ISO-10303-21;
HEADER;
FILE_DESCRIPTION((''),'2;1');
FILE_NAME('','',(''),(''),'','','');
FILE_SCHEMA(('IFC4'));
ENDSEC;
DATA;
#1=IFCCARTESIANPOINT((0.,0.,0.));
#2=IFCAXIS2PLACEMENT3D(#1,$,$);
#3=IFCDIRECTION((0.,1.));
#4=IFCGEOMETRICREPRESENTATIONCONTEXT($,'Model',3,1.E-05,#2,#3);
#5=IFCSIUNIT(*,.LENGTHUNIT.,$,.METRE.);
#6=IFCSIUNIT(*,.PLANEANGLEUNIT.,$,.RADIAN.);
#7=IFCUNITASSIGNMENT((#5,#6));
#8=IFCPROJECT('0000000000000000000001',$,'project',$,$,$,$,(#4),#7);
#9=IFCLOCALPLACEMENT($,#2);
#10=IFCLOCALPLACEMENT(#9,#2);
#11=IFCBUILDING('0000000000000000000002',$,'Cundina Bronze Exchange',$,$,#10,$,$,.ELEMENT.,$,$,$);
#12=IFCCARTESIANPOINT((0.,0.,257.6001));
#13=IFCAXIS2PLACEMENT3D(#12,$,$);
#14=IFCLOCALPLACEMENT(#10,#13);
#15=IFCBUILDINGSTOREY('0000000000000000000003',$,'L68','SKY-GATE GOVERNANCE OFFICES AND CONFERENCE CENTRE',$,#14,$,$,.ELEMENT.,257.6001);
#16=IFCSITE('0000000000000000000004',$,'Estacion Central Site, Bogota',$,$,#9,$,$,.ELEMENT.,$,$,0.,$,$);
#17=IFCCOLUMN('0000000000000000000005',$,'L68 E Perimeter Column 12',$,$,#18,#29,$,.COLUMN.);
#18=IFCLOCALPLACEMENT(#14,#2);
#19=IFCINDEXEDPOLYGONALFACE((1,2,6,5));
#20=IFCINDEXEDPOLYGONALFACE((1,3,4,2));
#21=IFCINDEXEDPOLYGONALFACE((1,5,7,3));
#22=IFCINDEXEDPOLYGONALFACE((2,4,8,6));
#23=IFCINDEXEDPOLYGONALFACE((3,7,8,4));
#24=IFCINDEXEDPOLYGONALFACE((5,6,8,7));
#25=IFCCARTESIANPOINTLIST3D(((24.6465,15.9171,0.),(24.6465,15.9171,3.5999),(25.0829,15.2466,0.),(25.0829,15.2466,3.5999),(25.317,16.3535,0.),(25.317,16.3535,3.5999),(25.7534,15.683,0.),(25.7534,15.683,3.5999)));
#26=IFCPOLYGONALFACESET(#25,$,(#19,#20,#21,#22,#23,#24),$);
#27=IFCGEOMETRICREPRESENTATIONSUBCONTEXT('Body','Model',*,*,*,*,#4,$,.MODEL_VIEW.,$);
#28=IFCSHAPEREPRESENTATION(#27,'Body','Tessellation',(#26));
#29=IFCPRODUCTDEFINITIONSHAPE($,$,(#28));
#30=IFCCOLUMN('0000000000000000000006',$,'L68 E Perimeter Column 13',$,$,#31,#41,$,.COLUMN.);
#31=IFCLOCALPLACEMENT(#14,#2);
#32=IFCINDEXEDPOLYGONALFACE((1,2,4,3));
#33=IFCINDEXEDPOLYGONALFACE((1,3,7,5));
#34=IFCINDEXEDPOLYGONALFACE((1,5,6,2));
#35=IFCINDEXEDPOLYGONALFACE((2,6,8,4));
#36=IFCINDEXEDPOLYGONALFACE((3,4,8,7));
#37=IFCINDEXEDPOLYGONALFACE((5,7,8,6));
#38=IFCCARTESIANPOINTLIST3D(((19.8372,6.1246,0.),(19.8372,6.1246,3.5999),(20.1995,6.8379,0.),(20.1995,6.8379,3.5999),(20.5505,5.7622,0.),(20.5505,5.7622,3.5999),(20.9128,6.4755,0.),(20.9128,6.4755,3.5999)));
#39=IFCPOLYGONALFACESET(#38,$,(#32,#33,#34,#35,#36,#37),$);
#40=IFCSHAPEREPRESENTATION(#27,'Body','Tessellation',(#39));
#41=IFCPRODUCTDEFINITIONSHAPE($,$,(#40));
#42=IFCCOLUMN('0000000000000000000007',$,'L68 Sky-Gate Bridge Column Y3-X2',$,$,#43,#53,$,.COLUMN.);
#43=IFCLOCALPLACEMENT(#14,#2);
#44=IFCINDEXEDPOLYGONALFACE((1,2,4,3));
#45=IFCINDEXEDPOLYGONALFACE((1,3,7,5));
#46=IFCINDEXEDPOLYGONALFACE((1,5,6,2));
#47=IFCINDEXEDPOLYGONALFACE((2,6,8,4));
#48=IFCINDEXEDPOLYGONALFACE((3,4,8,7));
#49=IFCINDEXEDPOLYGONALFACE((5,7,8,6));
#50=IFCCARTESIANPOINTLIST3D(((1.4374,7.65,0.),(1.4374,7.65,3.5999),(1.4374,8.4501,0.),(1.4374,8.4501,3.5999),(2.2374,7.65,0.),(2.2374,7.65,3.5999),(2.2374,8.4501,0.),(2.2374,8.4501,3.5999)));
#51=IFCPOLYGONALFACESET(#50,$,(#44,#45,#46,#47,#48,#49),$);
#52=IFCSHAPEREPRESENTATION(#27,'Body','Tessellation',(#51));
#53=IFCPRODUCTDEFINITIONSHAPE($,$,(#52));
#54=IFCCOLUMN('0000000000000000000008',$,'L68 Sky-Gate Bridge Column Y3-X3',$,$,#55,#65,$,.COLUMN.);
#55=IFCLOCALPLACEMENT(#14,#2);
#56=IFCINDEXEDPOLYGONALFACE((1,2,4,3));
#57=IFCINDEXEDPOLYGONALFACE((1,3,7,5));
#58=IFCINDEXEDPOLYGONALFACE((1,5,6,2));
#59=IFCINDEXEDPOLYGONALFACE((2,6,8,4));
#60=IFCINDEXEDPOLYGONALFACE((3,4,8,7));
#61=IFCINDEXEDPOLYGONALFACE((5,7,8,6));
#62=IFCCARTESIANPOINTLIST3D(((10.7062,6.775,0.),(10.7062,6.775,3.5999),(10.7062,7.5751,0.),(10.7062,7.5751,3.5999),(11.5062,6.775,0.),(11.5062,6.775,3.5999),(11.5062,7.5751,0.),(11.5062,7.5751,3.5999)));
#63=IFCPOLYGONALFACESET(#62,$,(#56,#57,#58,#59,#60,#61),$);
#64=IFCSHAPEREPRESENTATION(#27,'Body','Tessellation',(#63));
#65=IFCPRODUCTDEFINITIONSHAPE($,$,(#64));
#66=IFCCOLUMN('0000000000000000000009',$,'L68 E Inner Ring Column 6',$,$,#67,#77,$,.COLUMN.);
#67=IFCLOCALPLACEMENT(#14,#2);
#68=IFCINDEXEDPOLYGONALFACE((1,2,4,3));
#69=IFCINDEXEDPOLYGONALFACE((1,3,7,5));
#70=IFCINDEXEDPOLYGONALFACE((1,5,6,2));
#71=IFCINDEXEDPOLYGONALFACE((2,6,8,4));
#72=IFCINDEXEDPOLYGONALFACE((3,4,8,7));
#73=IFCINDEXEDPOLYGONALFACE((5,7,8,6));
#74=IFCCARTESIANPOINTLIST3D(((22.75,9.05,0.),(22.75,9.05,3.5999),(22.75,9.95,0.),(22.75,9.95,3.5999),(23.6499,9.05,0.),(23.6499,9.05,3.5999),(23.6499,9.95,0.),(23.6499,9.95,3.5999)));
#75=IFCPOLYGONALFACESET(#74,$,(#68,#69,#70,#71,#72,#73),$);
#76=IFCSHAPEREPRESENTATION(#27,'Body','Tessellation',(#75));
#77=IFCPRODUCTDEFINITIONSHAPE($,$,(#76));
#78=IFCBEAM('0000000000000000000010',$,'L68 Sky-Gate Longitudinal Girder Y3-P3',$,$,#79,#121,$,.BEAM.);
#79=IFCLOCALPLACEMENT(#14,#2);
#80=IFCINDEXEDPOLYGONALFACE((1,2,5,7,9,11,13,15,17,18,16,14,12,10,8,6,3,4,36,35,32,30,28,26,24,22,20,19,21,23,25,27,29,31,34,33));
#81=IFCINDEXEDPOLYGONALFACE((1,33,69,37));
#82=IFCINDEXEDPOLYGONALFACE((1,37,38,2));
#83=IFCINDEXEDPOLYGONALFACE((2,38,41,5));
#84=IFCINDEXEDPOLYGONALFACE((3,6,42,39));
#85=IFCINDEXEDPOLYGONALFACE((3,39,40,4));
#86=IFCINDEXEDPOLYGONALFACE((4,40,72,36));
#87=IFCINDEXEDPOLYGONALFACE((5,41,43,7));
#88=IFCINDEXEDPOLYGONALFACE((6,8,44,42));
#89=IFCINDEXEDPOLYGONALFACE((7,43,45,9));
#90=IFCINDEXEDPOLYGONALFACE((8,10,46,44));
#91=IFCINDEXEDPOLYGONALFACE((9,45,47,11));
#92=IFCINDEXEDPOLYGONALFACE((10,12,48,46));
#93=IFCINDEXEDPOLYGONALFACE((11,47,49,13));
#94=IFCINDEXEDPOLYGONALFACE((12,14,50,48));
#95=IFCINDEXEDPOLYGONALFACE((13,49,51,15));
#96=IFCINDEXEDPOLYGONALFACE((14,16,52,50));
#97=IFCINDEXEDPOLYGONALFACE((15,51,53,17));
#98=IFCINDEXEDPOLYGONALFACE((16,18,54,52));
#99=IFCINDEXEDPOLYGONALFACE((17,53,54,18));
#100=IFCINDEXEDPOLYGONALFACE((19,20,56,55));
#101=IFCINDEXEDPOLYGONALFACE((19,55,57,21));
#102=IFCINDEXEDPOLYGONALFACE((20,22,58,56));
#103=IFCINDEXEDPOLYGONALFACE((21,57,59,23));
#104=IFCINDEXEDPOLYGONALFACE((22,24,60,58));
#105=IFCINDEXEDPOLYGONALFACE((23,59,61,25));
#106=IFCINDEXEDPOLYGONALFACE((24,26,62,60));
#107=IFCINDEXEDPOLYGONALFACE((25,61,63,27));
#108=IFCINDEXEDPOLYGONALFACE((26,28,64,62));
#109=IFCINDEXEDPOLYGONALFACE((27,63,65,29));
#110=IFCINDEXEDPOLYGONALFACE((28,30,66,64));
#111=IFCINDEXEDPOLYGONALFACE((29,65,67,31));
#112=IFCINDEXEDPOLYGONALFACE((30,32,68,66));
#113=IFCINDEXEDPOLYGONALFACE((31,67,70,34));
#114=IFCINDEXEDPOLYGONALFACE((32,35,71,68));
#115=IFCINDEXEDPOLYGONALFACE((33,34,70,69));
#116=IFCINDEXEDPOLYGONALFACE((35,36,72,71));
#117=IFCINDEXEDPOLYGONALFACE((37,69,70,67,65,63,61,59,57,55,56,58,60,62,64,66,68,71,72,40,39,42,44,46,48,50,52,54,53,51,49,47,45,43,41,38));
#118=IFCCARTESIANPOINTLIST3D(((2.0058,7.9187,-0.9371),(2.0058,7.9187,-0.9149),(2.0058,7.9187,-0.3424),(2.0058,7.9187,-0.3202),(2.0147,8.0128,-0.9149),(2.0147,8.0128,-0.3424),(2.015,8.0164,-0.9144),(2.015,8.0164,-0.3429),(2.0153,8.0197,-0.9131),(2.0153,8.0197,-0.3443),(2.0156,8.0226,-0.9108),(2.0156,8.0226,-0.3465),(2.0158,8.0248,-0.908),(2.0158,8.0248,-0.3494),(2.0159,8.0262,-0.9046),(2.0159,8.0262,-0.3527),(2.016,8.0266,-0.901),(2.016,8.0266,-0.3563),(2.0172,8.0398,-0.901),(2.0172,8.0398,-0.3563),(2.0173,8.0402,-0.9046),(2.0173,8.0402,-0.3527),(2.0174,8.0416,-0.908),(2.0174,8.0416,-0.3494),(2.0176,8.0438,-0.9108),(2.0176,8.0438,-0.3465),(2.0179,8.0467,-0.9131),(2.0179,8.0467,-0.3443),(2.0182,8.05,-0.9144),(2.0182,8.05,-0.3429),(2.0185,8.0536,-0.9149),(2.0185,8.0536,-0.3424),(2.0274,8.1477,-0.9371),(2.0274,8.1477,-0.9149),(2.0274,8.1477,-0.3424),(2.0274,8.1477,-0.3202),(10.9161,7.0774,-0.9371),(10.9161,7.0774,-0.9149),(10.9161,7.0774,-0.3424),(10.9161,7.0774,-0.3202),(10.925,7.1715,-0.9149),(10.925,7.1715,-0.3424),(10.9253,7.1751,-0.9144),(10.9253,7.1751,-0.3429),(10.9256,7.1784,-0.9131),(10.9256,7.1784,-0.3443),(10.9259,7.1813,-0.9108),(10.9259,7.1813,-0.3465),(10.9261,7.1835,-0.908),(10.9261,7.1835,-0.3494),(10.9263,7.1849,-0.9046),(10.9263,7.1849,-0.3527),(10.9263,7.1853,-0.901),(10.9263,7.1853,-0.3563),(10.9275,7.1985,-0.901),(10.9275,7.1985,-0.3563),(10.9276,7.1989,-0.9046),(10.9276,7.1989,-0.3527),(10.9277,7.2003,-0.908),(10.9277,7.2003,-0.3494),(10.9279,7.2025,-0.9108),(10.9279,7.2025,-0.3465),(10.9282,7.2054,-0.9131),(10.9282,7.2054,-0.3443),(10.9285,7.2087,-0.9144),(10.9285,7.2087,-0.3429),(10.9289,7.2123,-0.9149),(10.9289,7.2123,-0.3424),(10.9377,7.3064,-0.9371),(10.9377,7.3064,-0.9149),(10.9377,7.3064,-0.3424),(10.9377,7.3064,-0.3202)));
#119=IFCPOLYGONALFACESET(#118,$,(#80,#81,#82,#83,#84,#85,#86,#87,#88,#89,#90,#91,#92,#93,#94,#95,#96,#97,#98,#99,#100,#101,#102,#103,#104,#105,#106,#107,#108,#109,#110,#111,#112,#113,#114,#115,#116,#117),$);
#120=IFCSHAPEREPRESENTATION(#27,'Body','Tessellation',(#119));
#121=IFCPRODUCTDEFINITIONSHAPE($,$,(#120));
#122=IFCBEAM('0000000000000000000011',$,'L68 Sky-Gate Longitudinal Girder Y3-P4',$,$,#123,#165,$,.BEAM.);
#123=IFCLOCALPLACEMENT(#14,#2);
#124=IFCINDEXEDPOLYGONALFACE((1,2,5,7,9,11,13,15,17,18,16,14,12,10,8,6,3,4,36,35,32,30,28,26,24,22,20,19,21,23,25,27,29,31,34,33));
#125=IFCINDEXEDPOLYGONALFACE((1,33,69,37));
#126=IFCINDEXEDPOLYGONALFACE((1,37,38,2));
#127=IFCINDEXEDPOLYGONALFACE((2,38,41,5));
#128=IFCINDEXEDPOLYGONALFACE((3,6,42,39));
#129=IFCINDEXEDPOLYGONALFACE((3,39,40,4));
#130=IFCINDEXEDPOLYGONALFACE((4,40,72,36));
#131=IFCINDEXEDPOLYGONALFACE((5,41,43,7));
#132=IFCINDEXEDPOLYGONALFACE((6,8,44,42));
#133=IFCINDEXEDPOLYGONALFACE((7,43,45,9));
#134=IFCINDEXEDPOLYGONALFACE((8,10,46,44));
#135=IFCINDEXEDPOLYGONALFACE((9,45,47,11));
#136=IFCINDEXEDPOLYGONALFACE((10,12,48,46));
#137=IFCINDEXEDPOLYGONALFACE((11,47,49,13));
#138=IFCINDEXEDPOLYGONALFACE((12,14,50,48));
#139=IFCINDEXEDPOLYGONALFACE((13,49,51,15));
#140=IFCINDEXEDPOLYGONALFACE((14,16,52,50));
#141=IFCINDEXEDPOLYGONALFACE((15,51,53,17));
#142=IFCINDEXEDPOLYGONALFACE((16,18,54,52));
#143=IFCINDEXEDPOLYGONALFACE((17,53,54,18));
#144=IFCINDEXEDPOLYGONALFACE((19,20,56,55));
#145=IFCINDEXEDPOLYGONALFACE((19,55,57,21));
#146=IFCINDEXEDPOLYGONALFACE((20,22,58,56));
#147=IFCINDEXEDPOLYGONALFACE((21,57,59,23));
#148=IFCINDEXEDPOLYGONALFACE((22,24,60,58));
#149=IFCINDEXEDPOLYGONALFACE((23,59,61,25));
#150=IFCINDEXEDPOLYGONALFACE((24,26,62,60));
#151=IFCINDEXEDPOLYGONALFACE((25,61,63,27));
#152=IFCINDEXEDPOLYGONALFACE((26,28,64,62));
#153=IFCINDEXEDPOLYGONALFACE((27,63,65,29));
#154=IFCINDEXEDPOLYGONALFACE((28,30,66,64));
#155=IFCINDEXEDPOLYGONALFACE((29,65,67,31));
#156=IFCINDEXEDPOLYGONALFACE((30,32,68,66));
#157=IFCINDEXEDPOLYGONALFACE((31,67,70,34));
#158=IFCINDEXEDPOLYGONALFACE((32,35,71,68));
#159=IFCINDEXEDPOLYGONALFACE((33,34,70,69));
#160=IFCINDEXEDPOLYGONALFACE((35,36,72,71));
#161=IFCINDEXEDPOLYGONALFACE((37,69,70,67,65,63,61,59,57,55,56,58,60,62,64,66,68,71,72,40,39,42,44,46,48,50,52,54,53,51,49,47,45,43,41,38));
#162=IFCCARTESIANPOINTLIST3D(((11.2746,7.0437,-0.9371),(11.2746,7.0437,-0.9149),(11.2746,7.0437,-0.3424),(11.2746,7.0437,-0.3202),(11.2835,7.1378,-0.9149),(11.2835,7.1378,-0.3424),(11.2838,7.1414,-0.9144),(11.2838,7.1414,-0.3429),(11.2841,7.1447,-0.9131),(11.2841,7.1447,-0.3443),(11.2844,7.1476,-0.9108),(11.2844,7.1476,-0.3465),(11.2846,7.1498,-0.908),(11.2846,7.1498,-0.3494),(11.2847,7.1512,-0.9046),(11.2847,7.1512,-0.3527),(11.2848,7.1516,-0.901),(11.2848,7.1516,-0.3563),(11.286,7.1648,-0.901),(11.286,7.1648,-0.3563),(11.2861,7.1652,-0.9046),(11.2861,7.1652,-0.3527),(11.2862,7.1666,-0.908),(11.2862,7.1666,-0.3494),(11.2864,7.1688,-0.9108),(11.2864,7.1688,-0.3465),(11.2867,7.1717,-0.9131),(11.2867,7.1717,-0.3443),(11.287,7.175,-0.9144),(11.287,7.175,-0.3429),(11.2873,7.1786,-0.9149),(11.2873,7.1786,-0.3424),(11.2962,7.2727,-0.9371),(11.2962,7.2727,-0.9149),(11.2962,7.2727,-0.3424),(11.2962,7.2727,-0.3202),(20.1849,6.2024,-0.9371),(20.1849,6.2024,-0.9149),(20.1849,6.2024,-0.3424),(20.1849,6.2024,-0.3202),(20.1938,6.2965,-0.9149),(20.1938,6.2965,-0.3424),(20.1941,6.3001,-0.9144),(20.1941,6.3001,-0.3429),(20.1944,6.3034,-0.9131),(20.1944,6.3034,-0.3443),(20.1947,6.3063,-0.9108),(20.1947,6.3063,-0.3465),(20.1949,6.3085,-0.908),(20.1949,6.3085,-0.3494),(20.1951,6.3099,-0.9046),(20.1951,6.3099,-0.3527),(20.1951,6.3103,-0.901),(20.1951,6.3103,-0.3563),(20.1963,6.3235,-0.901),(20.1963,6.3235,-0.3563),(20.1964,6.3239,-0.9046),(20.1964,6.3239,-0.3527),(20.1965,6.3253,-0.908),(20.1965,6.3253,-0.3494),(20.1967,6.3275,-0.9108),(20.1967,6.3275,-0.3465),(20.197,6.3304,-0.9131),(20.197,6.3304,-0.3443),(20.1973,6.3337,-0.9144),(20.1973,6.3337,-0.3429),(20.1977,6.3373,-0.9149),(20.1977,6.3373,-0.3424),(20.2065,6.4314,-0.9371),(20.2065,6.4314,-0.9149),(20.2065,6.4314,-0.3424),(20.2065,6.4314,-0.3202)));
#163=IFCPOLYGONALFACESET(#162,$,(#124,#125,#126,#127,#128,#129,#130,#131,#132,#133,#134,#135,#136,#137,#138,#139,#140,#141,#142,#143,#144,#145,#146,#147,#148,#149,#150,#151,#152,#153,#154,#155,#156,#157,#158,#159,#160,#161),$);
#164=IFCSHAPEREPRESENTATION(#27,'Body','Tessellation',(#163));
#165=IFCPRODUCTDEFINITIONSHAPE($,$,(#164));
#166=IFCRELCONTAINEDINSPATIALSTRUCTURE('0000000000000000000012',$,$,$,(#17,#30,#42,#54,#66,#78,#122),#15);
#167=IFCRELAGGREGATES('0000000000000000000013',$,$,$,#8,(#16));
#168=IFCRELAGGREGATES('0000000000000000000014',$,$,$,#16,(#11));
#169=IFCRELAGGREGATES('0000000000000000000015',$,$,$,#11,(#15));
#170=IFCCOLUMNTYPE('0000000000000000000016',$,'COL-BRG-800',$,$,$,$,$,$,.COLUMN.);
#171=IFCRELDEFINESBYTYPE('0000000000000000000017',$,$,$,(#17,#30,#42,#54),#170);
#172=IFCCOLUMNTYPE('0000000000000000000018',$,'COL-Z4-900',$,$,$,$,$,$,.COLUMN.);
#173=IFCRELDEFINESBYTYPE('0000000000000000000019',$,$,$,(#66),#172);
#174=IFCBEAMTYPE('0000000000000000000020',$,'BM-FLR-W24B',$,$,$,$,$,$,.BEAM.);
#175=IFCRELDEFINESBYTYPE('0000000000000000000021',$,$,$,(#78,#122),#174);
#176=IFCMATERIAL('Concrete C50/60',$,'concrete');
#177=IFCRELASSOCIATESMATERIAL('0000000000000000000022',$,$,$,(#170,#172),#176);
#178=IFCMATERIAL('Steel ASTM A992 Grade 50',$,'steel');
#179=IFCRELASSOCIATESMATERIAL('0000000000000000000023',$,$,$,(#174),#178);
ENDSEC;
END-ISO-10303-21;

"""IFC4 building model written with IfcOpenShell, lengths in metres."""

from ifc_helpers import new_model, si_unit, direction, frame, origin, origin_2d, place, context, subcontext, project, spatial, rectangle, i_section, extrude, material, material_profile, profile_set, type_object, element, save


model = new_model("IFC4")

# Units and contexts
model_context = context("Model", 3, precision=1e-05, world=origin(), true_north=direction((0.0, 1.0)))
body_context = subcontext(model_context, "Body", "Model", "MODEL_VIEW")
ifc_project = project(units=[si_unit("LENGTHUNIT", "METRE"), si_unit("PLANEANGLEUNIT", "RADIAN")], contexts=[model_context])

# Site, building, storey
site_placement = place(None, origin())
site = spatial("IfcSite", under=ifc_project, at=site_placement, Name="Estacion Central Site, Bogota", CompositionType="ELEMENT", RefElevation=0.0)
building_placement = place(site_placement, origin())
building = spatial("IfcBuilding", under=site, at=building_placement, Name="Cundina Bronze Exchange", CompositionType="ELEMENT")
storey_placement = place(building_placement, frame((0.0, 0.0, 257.6001)))
storey = spatial("IfcBuildingStorey", under=building, at=storey_placement, Name="L68", Description="SKY-GATE GOVERNANCE OFFICES AND CONFERENCE CENTRE", CompositionType="ELEMENT", Elevation=257.6001)

# Columns
ifc_material_1 = material(Name="Concrete C50/60", Category="concrete")
ifc_material_profile_1 = material_profile(ifc_material_1, rectangle(XDim=0.8, YDim=0.8, at=origin_2d()), Name="RC800X800", Category="concrete")
ifc_profile_set_1 = profile_set([ifc_material_profile_1], Name="Concrete C50/60")
column_type_1 = type_object("IfcColumnType", Name="COL-BRG-800", PredefinedType="COLUMN", material=ifc_profile_set_1)
for number, where, z_axis, x_axis, name in (
    (1, (25.2, 15.8, 0.0), (0.0, 0.0, 1.0), (-0.8381, -0.545517, 0.0), "L68 E Perimeter Column 12"),
    (2, (20.375, 6.3, 0.0), (0.0, 0.0, 1.0), (-0.452902, -0.891561, 0.0), "L68 E Perimeter Column 13"),
    (3, (1.8374, 8.05, 0.0), (0.0, 0.0, 1.0), (1.0, 0.0, 0.0), "L68 Sky-Gate Bridge Column Y3-X2"),
    (4, (11.1062, 7.175, 0.0), (0.0, 0.0, 1.0), (1.0, 0.0, 0.0), "L68 Sky-Gate Bridge Column Y3-X3"),
):
    element("IfcColumn", number, at=place(storey_placement, frame(where, z_axis=z_axis, x_axis=x_axis)), inside=storey, type_object=column_type_1, Name=name, PredefinedType="COLUMN", context=body_context, shape_type="SweptSolid", body=[
        extrude(rectangle(XDim=0.8, YDim=0.8, at=origin_2d()), origin(), (0.0, 0.0, 1.0), 3.5999),
    ])
ifc_material_profile_2 = material_profile(ifc_material_1, rectangle(XDim=0.8999, YDim=0.8999, at=origin_2d()), Name="RC900X900", Category="concrete")
ifc_profile_set_2 = profile_set([ifc_material_profile_2], Name="Concrete C50/60")
column_type_2 = type_object("IfcColumnType", Name="COL-Z4-900", PredefinedType="COLUMN", material=ifc_profile_set_2)
column_placement = place(storey_placement, frame((23.2, 9.5, 0.0), z_axis=(0.0, 0.0, 1.0), x_axis=(1.0, 0.0, 0.0)))
element("IfcColumn", 5, at=column_placement, inside=storey, type_object=column_type_2, Name="L68 E Inner Ring Column 6", PredefinedType="COLUMN", context=body_context, shape_type="SweptSolid", body=[
    extrude(rectangle(XDim=0.8999, YDim=0.8999, at=origin_2d()), origin(), (0.0, 0.0, 1.0), 3.5999),
])

# Beams
ifc_material_2 = material(Name="Steel ASTM A992 Grade 50", Category="steel")
ifc_material_profile_3 = material_profile(ifc_material_2, i_section(OverallWidth=0.23, OverallDepth=0.6169, WebThickness=0.0132, FlangeThickness=0.0222, FilletRadius=0.0139, at=origin_2d()), Name="W24X94", Category="steel")
ifc_profile_set_3 = profile_set([ifc_material_profile_3], Name="Steel ASTM A992 Grade 50")
beam_type_1 = type_object("IfcBeamType", Name="BM-FLR-W24B", PredefinedType="BEAM", material=ifc_profile_set_3)
for number, where, z_axis, x_axis, name in (
    (6, (2.0166, 8.0332, -0.6287), (0.995572, -0.094001, 0.0), (0.094001, 0.995572, 0.0), "L68 Sky-Gate Longitudinal Girder Y3-P3"),
    (7, (11.2854, 7.1582, -0.6287), (0.995572, -0.094001, 0.0), (0.094001, 0.995572, 0.0), "L68 Sky-Gate Longitudinal Girder Y3-P4"),
):
    element("IfcBeam", number, at=place(storey_placement, frame(where, z_axis=z_axis, x_axis=x_axis)), inside=storey, type_object=beam_type_1, Name=name, PredefinedType="BEAM", context=body_context, shape_type="SweptSolid", body=[
        extrude(i_section(OverallWidth=0.23, OverallDepth=0.6169, WebThickness=0.0132, FlangeThickness=0.0222, FilletRadius=0.0139, at=origin_2d()), origin(), (0.0, 0.0, 1.0), 8.95),
    ])

save(model, "model.ifc")
